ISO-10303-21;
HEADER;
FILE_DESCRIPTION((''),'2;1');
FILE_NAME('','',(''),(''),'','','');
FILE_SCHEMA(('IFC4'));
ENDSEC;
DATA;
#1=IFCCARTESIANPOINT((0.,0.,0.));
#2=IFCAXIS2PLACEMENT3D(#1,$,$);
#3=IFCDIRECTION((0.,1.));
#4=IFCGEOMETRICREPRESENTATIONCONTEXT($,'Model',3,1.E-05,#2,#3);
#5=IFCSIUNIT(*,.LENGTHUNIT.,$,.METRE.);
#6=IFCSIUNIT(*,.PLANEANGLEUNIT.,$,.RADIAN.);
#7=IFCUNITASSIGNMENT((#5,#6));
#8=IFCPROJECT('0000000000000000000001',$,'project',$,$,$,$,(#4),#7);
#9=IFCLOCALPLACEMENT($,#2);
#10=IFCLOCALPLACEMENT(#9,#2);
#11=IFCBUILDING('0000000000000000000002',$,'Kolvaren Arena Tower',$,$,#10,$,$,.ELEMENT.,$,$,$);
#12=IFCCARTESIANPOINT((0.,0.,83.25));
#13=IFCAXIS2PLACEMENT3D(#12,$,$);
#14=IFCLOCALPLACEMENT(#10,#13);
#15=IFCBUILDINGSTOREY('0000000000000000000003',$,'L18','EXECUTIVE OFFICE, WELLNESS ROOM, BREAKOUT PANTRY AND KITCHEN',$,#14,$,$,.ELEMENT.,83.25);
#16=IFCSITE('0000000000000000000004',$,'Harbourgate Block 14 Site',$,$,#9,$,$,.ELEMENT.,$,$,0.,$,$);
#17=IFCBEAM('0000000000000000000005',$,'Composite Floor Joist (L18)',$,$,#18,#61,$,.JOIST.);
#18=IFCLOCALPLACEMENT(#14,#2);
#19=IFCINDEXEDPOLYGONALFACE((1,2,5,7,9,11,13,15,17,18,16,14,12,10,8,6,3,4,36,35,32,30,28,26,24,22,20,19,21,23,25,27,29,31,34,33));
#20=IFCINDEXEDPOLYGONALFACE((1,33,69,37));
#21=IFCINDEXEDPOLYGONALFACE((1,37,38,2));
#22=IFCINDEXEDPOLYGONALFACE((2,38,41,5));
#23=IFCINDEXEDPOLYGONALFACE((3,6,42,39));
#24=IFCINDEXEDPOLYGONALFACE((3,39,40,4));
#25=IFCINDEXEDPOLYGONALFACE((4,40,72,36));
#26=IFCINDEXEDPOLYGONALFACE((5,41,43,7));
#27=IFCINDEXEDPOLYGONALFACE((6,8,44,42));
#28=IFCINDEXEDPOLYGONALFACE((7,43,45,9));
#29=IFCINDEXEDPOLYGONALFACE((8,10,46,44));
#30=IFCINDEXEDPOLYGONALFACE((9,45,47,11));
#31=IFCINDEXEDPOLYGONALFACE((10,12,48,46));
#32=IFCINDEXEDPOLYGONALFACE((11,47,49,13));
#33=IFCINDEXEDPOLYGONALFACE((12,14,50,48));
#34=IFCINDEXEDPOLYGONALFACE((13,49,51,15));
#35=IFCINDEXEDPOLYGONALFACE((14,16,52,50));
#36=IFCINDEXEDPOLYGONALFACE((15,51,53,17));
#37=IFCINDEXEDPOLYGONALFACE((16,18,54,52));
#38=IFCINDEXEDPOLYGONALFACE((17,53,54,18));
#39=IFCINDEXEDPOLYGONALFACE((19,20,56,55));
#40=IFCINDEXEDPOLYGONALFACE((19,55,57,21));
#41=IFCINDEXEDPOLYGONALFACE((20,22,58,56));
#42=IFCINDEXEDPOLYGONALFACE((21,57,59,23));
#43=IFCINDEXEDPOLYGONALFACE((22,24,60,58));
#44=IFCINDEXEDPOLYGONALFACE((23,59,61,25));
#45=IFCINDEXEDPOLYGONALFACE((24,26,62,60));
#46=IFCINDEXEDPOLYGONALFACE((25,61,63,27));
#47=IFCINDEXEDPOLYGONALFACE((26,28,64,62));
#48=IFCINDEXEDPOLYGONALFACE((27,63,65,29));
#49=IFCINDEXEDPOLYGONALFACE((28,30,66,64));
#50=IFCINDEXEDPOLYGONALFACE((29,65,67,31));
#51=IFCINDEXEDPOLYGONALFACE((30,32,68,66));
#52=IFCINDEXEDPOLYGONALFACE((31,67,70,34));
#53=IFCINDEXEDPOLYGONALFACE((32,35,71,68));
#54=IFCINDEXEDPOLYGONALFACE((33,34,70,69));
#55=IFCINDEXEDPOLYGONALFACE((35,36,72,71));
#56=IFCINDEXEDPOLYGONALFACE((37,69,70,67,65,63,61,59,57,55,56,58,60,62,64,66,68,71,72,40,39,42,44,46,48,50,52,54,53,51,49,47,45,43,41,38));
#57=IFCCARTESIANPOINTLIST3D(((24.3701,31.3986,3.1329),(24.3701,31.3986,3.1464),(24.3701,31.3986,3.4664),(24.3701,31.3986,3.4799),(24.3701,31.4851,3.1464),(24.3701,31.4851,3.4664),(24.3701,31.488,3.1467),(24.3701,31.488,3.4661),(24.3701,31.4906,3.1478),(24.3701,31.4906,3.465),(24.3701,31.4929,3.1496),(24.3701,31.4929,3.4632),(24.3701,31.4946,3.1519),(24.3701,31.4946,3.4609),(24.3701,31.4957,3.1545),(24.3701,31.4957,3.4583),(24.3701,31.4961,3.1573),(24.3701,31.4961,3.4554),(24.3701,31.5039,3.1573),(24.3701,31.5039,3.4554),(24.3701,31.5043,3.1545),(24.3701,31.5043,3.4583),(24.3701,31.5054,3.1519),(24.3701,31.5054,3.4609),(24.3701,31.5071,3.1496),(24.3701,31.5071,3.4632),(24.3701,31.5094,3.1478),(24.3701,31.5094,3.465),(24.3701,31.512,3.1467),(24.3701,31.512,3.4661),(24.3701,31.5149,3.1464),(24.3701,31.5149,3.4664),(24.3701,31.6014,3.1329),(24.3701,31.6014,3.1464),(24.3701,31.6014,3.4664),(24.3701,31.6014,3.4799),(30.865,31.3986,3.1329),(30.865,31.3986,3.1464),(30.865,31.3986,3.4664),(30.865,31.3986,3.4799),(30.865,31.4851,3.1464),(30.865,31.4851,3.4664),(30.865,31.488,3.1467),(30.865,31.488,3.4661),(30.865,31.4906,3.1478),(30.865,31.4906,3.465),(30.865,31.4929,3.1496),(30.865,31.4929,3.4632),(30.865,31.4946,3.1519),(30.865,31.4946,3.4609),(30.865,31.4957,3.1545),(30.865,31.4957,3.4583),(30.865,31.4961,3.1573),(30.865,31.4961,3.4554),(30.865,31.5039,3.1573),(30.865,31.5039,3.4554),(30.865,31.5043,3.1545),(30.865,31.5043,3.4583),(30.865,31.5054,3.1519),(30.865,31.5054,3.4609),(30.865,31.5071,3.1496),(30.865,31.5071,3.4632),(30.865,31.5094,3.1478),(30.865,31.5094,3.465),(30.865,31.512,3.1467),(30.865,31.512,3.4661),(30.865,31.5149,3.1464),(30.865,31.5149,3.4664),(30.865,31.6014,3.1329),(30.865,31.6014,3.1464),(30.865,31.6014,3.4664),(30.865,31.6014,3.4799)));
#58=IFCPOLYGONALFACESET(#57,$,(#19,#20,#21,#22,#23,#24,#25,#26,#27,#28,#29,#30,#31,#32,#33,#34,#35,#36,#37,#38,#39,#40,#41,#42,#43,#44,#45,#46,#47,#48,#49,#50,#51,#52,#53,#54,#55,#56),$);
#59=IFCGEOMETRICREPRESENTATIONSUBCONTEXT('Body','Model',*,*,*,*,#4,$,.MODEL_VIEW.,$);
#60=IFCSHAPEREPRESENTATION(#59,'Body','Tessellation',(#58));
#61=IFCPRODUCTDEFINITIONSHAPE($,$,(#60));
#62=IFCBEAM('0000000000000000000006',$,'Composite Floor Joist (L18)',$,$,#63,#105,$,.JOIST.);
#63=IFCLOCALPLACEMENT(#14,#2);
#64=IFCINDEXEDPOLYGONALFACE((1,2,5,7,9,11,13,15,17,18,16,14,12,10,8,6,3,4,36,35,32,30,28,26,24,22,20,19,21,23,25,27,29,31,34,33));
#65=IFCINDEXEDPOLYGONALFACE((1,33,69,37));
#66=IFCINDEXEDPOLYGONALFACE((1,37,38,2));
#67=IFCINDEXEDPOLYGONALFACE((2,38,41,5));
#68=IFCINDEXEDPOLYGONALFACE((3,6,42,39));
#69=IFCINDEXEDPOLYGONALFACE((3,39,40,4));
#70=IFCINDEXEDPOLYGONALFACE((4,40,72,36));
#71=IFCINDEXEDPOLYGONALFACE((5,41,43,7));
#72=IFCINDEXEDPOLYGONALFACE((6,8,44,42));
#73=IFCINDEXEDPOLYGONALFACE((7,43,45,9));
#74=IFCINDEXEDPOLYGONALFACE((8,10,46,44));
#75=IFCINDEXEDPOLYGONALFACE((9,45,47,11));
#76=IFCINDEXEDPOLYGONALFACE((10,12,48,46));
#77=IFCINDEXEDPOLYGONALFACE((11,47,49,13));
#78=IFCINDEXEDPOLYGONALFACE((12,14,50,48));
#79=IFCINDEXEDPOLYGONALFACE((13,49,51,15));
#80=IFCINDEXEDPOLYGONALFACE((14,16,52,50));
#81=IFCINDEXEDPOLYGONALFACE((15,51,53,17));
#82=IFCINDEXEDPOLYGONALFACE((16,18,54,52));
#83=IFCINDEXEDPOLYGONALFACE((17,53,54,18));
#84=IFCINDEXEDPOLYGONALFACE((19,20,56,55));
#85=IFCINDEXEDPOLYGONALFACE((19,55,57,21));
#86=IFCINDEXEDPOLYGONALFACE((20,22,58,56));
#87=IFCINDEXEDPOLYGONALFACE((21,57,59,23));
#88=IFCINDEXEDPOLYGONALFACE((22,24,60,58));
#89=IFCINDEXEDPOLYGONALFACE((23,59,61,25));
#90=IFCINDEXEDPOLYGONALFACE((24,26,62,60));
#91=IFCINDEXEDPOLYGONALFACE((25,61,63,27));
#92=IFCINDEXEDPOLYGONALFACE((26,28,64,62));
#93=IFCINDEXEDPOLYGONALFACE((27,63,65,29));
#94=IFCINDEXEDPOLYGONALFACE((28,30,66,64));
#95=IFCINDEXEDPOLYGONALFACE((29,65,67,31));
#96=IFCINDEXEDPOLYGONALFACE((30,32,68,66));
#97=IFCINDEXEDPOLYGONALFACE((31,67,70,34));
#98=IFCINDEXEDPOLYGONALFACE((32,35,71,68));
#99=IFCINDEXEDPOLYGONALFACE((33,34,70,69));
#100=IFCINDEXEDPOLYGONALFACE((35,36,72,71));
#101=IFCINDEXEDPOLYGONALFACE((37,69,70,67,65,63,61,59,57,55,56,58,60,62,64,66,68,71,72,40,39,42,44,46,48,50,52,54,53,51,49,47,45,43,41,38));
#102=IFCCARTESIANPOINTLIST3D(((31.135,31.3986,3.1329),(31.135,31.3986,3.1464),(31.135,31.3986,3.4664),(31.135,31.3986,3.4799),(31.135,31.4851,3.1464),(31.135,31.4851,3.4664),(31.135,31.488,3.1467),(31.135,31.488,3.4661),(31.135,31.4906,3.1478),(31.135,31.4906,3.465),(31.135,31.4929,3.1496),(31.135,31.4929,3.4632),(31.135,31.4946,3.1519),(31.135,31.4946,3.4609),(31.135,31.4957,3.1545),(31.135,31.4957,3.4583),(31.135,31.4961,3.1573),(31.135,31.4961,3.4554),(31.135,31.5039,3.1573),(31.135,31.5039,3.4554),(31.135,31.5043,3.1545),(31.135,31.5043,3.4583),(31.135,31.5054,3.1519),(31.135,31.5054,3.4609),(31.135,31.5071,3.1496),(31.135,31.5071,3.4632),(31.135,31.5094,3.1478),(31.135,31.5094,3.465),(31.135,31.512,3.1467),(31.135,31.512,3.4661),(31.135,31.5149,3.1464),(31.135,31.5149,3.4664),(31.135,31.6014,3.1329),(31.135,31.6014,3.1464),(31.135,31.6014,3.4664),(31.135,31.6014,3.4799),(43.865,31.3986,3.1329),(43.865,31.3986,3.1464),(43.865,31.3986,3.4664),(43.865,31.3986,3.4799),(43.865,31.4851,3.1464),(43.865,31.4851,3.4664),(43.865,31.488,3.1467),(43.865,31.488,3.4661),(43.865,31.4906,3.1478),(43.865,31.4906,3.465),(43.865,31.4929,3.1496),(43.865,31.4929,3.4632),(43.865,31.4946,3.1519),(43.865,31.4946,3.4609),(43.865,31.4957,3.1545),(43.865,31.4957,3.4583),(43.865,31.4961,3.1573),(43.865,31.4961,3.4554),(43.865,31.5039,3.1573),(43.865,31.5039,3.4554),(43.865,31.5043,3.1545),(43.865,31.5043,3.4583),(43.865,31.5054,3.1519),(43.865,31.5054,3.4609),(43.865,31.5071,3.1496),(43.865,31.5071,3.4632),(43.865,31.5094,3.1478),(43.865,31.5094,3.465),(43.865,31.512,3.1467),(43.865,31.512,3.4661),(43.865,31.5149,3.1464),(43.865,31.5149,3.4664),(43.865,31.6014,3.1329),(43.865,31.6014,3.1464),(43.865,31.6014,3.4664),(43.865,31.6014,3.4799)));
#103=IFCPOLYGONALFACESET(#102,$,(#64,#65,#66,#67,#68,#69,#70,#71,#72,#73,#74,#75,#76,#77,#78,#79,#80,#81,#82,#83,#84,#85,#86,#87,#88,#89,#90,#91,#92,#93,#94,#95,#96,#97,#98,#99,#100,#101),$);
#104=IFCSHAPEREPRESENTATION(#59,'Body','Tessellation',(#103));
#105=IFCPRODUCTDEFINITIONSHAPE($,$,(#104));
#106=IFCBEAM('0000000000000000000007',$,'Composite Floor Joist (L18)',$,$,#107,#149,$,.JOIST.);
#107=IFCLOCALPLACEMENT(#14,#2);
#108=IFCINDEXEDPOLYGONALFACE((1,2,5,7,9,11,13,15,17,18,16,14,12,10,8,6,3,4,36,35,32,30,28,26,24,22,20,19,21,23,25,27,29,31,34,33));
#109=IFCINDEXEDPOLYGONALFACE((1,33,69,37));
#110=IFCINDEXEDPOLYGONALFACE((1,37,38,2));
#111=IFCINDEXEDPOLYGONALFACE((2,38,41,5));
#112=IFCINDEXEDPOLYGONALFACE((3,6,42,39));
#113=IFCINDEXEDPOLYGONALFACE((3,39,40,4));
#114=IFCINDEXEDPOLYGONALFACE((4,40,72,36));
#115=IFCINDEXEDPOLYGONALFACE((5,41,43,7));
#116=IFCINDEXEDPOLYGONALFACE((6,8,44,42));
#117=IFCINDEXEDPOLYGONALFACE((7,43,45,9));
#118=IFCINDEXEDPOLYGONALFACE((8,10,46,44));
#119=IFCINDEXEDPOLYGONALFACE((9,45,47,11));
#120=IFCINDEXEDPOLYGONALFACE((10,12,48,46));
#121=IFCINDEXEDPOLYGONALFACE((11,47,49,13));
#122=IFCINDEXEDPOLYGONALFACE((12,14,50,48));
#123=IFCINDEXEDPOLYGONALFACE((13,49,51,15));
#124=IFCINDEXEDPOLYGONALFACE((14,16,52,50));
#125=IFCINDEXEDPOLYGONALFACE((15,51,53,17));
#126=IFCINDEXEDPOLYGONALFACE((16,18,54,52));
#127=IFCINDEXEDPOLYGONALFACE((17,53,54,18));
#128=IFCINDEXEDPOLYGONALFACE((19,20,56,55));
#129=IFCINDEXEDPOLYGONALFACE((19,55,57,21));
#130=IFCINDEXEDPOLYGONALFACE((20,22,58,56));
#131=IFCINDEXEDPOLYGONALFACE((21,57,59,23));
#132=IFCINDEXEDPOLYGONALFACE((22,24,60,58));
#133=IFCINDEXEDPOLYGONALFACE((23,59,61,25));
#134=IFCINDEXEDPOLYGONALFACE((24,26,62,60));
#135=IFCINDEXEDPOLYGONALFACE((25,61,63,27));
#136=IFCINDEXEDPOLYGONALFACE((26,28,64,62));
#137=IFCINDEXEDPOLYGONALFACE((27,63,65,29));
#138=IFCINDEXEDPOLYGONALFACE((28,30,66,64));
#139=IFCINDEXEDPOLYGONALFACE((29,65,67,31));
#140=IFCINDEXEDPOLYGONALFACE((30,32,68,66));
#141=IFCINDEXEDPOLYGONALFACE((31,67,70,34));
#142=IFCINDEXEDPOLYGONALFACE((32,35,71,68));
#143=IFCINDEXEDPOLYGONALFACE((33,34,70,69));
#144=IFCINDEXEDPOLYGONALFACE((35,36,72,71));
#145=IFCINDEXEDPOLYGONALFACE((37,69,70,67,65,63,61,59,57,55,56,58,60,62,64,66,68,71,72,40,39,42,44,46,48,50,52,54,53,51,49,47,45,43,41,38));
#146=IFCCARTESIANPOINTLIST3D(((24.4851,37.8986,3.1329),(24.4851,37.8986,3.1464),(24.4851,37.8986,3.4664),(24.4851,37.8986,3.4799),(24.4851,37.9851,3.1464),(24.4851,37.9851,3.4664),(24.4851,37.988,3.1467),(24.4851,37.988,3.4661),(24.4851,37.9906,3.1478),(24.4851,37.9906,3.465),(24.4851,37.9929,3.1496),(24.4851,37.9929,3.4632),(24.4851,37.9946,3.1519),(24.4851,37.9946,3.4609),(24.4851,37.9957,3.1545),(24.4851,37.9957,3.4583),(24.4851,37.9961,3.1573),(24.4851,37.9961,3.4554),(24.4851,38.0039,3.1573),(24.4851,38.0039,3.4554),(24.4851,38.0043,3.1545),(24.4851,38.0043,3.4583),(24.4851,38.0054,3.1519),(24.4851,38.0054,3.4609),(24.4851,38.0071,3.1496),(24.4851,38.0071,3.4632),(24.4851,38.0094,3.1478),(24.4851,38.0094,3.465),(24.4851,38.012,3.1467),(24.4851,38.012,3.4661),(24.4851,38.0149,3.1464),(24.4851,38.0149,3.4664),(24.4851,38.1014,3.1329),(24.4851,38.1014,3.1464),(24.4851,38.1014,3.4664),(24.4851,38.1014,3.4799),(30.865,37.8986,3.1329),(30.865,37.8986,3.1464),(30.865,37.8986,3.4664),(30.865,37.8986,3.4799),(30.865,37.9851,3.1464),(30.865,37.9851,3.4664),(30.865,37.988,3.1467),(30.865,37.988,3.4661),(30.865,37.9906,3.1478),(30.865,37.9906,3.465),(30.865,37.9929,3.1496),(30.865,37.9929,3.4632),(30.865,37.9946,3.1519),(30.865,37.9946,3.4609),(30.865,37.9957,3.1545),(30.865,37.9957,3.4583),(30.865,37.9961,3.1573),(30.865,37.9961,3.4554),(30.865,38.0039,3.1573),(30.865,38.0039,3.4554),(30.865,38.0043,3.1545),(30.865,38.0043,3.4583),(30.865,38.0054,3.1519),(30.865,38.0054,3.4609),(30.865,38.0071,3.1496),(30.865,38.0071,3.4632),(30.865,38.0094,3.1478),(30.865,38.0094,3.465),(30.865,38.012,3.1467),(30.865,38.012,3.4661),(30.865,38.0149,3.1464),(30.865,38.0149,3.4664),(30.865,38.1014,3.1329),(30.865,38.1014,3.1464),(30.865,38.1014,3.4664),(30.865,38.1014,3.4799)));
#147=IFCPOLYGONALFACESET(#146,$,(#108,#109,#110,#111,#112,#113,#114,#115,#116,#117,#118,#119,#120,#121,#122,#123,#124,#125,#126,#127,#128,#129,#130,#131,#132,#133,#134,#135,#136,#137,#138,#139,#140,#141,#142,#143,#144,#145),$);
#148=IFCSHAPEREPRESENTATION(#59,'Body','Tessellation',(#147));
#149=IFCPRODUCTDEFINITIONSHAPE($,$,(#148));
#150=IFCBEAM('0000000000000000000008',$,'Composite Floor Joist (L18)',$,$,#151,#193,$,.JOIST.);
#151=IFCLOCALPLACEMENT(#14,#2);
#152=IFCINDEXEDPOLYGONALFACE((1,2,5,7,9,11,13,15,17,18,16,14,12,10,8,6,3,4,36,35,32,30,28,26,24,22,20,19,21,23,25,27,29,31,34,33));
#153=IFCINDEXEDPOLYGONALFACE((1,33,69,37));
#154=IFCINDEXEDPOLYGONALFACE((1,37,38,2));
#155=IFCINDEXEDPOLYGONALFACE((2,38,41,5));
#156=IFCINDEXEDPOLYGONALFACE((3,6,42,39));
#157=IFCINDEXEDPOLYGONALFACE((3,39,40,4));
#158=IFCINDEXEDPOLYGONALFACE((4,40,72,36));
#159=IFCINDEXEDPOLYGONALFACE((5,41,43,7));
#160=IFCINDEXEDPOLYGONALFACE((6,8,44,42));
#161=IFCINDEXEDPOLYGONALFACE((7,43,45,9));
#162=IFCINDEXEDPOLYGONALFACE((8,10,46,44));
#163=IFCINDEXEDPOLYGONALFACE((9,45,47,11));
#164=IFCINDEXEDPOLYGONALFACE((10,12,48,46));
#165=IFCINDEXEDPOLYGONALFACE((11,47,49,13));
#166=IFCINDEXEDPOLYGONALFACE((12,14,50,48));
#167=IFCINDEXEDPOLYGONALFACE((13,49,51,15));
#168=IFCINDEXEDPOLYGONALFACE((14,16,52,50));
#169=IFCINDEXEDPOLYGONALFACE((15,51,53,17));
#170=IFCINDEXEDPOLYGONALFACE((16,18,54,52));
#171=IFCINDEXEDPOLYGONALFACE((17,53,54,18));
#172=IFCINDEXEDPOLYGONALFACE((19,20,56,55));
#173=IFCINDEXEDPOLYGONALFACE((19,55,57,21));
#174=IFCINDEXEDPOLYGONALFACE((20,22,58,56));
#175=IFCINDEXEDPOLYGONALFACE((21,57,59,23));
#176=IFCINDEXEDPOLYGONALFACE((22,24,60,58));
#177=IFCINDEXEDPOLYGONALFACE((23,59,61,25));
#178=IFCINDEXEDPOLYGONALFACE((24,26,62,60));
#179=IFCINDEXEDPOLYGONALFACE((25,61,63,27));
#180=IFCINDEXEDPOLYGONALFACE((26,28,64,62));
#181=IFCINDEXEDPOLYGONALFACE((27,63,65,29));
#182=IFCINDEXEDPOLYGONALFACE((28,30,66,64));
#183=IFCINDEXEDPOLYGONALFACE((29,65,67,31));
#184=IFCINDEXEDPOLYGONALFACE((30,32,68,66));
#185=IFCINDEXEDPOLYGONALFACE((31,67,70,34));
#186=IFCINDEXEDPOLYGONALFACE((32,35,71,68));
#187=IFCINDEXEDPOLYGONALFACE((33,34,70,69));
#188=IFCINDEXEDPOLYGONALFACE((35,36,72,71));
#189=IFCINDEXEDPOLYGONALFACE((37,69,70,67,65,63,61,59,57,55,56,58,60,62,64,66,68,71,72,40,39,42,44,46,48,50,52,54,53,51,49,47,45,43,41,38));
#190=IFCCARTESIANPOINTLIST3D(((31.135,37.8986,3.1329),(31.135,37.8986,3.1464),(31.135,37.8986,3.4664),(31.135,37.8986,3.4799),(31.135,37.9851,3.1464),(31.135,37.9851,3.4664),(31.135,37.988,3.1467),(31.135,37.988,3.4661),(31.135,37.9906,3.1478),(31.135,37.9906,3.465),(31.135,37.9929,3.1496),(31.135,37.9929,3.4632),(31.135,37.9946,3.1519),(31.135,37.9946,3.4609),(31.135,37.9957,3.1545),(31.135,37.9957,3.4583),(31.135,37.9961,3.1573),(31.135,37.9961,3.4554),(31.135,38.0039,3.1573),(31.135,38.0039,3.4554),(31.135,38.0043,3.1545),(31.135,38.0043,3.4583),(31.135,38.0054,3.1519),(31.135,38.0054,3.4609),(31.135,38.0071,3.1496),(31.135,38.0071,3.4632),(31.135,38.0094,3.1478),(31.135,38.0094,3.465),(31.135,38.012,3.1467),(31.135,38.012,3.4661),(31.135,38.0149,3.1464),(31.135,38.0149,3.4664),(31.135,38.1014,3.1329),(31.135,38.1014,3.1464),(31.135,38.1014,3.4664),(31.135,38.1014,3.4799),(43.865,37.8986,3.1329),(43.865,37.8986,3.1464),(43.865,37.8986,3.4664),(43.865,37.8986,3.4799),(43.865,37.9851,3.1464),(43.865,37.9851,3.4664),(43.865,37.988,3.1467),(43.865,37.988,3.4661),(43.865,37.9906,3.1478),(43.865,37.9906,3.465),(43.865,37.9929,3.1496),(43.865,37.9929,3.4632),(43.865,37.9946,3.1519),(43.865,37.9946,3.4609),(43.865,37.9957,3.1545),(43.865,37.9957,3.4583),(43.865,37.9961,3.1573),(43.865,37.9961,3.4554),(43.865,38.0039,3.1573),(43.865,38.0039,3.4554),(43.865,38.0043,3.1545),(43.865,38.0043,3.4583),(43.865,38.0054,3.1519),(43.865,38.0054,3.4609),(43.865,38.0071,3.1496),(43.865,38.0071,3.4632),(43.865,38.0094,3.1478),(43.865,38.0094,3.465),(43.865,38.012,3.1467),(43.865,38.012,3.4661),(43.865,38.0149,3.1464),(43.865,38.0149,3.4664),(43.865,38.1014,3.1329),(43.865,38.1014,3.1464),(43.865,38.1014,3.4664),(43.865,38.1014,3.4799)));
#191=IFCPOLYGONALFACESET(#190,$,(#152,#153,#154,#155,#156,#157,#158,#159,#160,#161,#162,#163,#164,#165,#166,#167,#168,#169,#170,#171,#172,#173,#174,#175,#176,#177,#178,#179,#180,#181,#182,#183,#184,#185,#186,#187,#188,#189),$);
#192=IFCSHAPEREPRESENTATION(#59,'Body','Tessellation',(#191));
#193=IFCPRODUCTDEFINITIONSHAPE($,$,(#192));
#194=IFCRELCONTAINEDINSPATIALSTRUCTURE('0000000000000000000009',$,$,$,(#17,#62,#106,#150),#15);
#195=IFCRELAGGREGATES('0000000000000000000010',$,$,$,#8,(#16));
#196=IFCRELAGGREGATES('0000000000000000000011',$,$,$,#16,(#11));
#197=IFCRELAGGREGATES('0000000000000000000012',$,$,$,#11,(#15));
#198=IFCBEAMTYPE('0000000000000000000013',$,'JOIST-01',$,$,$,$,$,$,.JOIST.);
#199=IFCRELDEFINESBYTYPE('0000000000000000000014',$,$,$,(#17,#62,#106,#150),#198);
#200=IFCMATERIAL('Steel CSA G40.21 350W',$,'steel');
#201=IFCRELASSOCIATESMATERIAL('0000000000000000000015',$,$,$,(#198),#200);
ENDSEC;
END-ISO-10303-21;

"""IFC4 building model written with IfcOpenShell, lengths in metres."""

from ifc_helpers import new_model, si_unit, direction, frame, origin, origin_2d, place, context, subcontext, project, spatial, i_section, extrude, material, material_profile, profile_set, type_object, element, save


model = new_model("IFC4")

# Units and contexts
model_context = context("Model", 3, precision=1e-05, world=origin(), true_north=direction((0.0, 1.0)))
body_context = subcontext(model_context, "Body", "Model", "MODEL_VIEW")
ifc_project = project(units=[si_unit("LENGTHUNIT", "METRE"), si_unit("PLANEANGLEUNIT", "RADIAN")], contexts=[model_context])

# Site, building, storey
site_placement = place(None, origin())
site = spatial("IfcSite", under=ifc_project, at=site_placement, Name="Harbourgate Block 14 Site", CompositionType="ELEMENT", RefElevation=0.0)
building_placement = place(site_placement, origin())
building = spatial("IfcBuilding", under=site, at=building_placement, Name="Kolvaren Arena Tower", CompositionType="ELEMENT")
storey_placement = place(building_placement, frame((0.0, 0.0, 83.25)))
storey = spatial("IfcBuildingStorey", under=building, at=storey_placement, Name="L18", Description="EXECUTIVE OFFICE, WELLNESS ROOM, BREAKOUT PANTRY AND KITCHEN", CompositionType="ELEMENT", Elevation=83.25)

# Beams
ifc_material_1 = material(Name="Steel CSA G40.21 350W", Category="steel")
ifc_material_profile_1 = material_profile(ifc_material_1, i_section(OverallWidth=0.2029, OverallDepth=0.3469, WebThickness=0.0078, FlangeThickness=0.0134, FilletRadius=0.011, at=origin_2d()), Name="W360x64")
ifc_profile_set_1 = profile_set([ifc_material_profile_1], Name="Steel CSA G40.21 350W")
beam_type_1 = type_object("IfcBeamType", Name="JOIST-01", PredefinedType="JOIST", material=ifc_profile_set_1)
beam_1_placement = place(storey_placement, frame((24.3701, 31.5, 3.3064), z_axis=(1.0, 0.0, 0.0), x_axis=(0.0, 1.0, 0.0)))
element("IfcBeam", 1, at=beam_1_placement, inside=storey, type_object=beam_type_1, Name="Composite Floor Joist (L18)", PredefinedType="JOIST", context=body_context, shape_type="SweptSolid", body=[
    extrude(i_section(OverallWidth=0.2029, OverallDepth=0.3469, WebThickness=0.0078, FlangeThickness=0.0134, FilletRadius=0.011, at=origin_2d()), origin(), (0.0, 0.0, 1.0), 6.4949),
])
beam_2_placement = place(storey_placement, frame((31.135, 31.5, 3.3064), z_axis=(1.0, 0.0, 0.0), x_axis=(0.0, 1.0, 0.0)))
element("IfcBeam", 2, at=beam_2_placement, inside=storey, type_object=beam_type_1, Name="Composite Floor Joist (L18)", PredefinedType="JOIST", context=body_context, shape_type="SweptSolid", body=[
    extrude(i_section(OverallWidth=0.2029, OverallDepth=0.3469, WebThickness=0.0078, FlangeThickness=0.0134, FilletRadius=0.011, at=origin_2d()), origin(), (0.0, 0.0, 1.0), 12.73),
])
beam_3_placement = place(storey_placement, frame((24.4851, 38.0, 3.3064), z_axis=(1.0, 0.0, 0.0), x_axis=(0.0, 1.0, 0.0)))
element("IfcBeam", 3, at=beam_3_placement, inside=storey, type_object=beam_type_1, Name="Composite Floor Joist (L18)", PredefinedType="JOIST", context=body_context, shape_type="SweptSolid", body=[
    extrude(i_section(OverallWidth=0.2029, OverallDepth=0.3469, WebThickness=0.0078, FlangeThickness=0.0134, FilletRadius=0.011, at=origin_2d()), origin(), (0.0, 0.0, 1.0), 6.3799),
])
beam_4_placement = place(storey_placement, frame((31.135, 38.0, 3.3064), z_axis=(1.0, 0.0, 0.0), x_axis=(0.0, 1.0, 0.0)))
element("IfcBeam", 4, at=beam_4_placement, inside=storey, type_object=beam_type_1, Name="Composite Floor Joist (L18)", PredefinedType="JOIST", context=body_context, shape_type="SweptSolid", body=[
    extrude(i_section(OverallWidth=0.2029, OverallDepth=0.3469, WebThickness=0.0078, FlangeThickness=0.0134, FilletRadius=0.011, at=origin_2d()), origin(), (0.0, 0.0, 1.0), 12.73),
])

save(model, "model.ifc")
